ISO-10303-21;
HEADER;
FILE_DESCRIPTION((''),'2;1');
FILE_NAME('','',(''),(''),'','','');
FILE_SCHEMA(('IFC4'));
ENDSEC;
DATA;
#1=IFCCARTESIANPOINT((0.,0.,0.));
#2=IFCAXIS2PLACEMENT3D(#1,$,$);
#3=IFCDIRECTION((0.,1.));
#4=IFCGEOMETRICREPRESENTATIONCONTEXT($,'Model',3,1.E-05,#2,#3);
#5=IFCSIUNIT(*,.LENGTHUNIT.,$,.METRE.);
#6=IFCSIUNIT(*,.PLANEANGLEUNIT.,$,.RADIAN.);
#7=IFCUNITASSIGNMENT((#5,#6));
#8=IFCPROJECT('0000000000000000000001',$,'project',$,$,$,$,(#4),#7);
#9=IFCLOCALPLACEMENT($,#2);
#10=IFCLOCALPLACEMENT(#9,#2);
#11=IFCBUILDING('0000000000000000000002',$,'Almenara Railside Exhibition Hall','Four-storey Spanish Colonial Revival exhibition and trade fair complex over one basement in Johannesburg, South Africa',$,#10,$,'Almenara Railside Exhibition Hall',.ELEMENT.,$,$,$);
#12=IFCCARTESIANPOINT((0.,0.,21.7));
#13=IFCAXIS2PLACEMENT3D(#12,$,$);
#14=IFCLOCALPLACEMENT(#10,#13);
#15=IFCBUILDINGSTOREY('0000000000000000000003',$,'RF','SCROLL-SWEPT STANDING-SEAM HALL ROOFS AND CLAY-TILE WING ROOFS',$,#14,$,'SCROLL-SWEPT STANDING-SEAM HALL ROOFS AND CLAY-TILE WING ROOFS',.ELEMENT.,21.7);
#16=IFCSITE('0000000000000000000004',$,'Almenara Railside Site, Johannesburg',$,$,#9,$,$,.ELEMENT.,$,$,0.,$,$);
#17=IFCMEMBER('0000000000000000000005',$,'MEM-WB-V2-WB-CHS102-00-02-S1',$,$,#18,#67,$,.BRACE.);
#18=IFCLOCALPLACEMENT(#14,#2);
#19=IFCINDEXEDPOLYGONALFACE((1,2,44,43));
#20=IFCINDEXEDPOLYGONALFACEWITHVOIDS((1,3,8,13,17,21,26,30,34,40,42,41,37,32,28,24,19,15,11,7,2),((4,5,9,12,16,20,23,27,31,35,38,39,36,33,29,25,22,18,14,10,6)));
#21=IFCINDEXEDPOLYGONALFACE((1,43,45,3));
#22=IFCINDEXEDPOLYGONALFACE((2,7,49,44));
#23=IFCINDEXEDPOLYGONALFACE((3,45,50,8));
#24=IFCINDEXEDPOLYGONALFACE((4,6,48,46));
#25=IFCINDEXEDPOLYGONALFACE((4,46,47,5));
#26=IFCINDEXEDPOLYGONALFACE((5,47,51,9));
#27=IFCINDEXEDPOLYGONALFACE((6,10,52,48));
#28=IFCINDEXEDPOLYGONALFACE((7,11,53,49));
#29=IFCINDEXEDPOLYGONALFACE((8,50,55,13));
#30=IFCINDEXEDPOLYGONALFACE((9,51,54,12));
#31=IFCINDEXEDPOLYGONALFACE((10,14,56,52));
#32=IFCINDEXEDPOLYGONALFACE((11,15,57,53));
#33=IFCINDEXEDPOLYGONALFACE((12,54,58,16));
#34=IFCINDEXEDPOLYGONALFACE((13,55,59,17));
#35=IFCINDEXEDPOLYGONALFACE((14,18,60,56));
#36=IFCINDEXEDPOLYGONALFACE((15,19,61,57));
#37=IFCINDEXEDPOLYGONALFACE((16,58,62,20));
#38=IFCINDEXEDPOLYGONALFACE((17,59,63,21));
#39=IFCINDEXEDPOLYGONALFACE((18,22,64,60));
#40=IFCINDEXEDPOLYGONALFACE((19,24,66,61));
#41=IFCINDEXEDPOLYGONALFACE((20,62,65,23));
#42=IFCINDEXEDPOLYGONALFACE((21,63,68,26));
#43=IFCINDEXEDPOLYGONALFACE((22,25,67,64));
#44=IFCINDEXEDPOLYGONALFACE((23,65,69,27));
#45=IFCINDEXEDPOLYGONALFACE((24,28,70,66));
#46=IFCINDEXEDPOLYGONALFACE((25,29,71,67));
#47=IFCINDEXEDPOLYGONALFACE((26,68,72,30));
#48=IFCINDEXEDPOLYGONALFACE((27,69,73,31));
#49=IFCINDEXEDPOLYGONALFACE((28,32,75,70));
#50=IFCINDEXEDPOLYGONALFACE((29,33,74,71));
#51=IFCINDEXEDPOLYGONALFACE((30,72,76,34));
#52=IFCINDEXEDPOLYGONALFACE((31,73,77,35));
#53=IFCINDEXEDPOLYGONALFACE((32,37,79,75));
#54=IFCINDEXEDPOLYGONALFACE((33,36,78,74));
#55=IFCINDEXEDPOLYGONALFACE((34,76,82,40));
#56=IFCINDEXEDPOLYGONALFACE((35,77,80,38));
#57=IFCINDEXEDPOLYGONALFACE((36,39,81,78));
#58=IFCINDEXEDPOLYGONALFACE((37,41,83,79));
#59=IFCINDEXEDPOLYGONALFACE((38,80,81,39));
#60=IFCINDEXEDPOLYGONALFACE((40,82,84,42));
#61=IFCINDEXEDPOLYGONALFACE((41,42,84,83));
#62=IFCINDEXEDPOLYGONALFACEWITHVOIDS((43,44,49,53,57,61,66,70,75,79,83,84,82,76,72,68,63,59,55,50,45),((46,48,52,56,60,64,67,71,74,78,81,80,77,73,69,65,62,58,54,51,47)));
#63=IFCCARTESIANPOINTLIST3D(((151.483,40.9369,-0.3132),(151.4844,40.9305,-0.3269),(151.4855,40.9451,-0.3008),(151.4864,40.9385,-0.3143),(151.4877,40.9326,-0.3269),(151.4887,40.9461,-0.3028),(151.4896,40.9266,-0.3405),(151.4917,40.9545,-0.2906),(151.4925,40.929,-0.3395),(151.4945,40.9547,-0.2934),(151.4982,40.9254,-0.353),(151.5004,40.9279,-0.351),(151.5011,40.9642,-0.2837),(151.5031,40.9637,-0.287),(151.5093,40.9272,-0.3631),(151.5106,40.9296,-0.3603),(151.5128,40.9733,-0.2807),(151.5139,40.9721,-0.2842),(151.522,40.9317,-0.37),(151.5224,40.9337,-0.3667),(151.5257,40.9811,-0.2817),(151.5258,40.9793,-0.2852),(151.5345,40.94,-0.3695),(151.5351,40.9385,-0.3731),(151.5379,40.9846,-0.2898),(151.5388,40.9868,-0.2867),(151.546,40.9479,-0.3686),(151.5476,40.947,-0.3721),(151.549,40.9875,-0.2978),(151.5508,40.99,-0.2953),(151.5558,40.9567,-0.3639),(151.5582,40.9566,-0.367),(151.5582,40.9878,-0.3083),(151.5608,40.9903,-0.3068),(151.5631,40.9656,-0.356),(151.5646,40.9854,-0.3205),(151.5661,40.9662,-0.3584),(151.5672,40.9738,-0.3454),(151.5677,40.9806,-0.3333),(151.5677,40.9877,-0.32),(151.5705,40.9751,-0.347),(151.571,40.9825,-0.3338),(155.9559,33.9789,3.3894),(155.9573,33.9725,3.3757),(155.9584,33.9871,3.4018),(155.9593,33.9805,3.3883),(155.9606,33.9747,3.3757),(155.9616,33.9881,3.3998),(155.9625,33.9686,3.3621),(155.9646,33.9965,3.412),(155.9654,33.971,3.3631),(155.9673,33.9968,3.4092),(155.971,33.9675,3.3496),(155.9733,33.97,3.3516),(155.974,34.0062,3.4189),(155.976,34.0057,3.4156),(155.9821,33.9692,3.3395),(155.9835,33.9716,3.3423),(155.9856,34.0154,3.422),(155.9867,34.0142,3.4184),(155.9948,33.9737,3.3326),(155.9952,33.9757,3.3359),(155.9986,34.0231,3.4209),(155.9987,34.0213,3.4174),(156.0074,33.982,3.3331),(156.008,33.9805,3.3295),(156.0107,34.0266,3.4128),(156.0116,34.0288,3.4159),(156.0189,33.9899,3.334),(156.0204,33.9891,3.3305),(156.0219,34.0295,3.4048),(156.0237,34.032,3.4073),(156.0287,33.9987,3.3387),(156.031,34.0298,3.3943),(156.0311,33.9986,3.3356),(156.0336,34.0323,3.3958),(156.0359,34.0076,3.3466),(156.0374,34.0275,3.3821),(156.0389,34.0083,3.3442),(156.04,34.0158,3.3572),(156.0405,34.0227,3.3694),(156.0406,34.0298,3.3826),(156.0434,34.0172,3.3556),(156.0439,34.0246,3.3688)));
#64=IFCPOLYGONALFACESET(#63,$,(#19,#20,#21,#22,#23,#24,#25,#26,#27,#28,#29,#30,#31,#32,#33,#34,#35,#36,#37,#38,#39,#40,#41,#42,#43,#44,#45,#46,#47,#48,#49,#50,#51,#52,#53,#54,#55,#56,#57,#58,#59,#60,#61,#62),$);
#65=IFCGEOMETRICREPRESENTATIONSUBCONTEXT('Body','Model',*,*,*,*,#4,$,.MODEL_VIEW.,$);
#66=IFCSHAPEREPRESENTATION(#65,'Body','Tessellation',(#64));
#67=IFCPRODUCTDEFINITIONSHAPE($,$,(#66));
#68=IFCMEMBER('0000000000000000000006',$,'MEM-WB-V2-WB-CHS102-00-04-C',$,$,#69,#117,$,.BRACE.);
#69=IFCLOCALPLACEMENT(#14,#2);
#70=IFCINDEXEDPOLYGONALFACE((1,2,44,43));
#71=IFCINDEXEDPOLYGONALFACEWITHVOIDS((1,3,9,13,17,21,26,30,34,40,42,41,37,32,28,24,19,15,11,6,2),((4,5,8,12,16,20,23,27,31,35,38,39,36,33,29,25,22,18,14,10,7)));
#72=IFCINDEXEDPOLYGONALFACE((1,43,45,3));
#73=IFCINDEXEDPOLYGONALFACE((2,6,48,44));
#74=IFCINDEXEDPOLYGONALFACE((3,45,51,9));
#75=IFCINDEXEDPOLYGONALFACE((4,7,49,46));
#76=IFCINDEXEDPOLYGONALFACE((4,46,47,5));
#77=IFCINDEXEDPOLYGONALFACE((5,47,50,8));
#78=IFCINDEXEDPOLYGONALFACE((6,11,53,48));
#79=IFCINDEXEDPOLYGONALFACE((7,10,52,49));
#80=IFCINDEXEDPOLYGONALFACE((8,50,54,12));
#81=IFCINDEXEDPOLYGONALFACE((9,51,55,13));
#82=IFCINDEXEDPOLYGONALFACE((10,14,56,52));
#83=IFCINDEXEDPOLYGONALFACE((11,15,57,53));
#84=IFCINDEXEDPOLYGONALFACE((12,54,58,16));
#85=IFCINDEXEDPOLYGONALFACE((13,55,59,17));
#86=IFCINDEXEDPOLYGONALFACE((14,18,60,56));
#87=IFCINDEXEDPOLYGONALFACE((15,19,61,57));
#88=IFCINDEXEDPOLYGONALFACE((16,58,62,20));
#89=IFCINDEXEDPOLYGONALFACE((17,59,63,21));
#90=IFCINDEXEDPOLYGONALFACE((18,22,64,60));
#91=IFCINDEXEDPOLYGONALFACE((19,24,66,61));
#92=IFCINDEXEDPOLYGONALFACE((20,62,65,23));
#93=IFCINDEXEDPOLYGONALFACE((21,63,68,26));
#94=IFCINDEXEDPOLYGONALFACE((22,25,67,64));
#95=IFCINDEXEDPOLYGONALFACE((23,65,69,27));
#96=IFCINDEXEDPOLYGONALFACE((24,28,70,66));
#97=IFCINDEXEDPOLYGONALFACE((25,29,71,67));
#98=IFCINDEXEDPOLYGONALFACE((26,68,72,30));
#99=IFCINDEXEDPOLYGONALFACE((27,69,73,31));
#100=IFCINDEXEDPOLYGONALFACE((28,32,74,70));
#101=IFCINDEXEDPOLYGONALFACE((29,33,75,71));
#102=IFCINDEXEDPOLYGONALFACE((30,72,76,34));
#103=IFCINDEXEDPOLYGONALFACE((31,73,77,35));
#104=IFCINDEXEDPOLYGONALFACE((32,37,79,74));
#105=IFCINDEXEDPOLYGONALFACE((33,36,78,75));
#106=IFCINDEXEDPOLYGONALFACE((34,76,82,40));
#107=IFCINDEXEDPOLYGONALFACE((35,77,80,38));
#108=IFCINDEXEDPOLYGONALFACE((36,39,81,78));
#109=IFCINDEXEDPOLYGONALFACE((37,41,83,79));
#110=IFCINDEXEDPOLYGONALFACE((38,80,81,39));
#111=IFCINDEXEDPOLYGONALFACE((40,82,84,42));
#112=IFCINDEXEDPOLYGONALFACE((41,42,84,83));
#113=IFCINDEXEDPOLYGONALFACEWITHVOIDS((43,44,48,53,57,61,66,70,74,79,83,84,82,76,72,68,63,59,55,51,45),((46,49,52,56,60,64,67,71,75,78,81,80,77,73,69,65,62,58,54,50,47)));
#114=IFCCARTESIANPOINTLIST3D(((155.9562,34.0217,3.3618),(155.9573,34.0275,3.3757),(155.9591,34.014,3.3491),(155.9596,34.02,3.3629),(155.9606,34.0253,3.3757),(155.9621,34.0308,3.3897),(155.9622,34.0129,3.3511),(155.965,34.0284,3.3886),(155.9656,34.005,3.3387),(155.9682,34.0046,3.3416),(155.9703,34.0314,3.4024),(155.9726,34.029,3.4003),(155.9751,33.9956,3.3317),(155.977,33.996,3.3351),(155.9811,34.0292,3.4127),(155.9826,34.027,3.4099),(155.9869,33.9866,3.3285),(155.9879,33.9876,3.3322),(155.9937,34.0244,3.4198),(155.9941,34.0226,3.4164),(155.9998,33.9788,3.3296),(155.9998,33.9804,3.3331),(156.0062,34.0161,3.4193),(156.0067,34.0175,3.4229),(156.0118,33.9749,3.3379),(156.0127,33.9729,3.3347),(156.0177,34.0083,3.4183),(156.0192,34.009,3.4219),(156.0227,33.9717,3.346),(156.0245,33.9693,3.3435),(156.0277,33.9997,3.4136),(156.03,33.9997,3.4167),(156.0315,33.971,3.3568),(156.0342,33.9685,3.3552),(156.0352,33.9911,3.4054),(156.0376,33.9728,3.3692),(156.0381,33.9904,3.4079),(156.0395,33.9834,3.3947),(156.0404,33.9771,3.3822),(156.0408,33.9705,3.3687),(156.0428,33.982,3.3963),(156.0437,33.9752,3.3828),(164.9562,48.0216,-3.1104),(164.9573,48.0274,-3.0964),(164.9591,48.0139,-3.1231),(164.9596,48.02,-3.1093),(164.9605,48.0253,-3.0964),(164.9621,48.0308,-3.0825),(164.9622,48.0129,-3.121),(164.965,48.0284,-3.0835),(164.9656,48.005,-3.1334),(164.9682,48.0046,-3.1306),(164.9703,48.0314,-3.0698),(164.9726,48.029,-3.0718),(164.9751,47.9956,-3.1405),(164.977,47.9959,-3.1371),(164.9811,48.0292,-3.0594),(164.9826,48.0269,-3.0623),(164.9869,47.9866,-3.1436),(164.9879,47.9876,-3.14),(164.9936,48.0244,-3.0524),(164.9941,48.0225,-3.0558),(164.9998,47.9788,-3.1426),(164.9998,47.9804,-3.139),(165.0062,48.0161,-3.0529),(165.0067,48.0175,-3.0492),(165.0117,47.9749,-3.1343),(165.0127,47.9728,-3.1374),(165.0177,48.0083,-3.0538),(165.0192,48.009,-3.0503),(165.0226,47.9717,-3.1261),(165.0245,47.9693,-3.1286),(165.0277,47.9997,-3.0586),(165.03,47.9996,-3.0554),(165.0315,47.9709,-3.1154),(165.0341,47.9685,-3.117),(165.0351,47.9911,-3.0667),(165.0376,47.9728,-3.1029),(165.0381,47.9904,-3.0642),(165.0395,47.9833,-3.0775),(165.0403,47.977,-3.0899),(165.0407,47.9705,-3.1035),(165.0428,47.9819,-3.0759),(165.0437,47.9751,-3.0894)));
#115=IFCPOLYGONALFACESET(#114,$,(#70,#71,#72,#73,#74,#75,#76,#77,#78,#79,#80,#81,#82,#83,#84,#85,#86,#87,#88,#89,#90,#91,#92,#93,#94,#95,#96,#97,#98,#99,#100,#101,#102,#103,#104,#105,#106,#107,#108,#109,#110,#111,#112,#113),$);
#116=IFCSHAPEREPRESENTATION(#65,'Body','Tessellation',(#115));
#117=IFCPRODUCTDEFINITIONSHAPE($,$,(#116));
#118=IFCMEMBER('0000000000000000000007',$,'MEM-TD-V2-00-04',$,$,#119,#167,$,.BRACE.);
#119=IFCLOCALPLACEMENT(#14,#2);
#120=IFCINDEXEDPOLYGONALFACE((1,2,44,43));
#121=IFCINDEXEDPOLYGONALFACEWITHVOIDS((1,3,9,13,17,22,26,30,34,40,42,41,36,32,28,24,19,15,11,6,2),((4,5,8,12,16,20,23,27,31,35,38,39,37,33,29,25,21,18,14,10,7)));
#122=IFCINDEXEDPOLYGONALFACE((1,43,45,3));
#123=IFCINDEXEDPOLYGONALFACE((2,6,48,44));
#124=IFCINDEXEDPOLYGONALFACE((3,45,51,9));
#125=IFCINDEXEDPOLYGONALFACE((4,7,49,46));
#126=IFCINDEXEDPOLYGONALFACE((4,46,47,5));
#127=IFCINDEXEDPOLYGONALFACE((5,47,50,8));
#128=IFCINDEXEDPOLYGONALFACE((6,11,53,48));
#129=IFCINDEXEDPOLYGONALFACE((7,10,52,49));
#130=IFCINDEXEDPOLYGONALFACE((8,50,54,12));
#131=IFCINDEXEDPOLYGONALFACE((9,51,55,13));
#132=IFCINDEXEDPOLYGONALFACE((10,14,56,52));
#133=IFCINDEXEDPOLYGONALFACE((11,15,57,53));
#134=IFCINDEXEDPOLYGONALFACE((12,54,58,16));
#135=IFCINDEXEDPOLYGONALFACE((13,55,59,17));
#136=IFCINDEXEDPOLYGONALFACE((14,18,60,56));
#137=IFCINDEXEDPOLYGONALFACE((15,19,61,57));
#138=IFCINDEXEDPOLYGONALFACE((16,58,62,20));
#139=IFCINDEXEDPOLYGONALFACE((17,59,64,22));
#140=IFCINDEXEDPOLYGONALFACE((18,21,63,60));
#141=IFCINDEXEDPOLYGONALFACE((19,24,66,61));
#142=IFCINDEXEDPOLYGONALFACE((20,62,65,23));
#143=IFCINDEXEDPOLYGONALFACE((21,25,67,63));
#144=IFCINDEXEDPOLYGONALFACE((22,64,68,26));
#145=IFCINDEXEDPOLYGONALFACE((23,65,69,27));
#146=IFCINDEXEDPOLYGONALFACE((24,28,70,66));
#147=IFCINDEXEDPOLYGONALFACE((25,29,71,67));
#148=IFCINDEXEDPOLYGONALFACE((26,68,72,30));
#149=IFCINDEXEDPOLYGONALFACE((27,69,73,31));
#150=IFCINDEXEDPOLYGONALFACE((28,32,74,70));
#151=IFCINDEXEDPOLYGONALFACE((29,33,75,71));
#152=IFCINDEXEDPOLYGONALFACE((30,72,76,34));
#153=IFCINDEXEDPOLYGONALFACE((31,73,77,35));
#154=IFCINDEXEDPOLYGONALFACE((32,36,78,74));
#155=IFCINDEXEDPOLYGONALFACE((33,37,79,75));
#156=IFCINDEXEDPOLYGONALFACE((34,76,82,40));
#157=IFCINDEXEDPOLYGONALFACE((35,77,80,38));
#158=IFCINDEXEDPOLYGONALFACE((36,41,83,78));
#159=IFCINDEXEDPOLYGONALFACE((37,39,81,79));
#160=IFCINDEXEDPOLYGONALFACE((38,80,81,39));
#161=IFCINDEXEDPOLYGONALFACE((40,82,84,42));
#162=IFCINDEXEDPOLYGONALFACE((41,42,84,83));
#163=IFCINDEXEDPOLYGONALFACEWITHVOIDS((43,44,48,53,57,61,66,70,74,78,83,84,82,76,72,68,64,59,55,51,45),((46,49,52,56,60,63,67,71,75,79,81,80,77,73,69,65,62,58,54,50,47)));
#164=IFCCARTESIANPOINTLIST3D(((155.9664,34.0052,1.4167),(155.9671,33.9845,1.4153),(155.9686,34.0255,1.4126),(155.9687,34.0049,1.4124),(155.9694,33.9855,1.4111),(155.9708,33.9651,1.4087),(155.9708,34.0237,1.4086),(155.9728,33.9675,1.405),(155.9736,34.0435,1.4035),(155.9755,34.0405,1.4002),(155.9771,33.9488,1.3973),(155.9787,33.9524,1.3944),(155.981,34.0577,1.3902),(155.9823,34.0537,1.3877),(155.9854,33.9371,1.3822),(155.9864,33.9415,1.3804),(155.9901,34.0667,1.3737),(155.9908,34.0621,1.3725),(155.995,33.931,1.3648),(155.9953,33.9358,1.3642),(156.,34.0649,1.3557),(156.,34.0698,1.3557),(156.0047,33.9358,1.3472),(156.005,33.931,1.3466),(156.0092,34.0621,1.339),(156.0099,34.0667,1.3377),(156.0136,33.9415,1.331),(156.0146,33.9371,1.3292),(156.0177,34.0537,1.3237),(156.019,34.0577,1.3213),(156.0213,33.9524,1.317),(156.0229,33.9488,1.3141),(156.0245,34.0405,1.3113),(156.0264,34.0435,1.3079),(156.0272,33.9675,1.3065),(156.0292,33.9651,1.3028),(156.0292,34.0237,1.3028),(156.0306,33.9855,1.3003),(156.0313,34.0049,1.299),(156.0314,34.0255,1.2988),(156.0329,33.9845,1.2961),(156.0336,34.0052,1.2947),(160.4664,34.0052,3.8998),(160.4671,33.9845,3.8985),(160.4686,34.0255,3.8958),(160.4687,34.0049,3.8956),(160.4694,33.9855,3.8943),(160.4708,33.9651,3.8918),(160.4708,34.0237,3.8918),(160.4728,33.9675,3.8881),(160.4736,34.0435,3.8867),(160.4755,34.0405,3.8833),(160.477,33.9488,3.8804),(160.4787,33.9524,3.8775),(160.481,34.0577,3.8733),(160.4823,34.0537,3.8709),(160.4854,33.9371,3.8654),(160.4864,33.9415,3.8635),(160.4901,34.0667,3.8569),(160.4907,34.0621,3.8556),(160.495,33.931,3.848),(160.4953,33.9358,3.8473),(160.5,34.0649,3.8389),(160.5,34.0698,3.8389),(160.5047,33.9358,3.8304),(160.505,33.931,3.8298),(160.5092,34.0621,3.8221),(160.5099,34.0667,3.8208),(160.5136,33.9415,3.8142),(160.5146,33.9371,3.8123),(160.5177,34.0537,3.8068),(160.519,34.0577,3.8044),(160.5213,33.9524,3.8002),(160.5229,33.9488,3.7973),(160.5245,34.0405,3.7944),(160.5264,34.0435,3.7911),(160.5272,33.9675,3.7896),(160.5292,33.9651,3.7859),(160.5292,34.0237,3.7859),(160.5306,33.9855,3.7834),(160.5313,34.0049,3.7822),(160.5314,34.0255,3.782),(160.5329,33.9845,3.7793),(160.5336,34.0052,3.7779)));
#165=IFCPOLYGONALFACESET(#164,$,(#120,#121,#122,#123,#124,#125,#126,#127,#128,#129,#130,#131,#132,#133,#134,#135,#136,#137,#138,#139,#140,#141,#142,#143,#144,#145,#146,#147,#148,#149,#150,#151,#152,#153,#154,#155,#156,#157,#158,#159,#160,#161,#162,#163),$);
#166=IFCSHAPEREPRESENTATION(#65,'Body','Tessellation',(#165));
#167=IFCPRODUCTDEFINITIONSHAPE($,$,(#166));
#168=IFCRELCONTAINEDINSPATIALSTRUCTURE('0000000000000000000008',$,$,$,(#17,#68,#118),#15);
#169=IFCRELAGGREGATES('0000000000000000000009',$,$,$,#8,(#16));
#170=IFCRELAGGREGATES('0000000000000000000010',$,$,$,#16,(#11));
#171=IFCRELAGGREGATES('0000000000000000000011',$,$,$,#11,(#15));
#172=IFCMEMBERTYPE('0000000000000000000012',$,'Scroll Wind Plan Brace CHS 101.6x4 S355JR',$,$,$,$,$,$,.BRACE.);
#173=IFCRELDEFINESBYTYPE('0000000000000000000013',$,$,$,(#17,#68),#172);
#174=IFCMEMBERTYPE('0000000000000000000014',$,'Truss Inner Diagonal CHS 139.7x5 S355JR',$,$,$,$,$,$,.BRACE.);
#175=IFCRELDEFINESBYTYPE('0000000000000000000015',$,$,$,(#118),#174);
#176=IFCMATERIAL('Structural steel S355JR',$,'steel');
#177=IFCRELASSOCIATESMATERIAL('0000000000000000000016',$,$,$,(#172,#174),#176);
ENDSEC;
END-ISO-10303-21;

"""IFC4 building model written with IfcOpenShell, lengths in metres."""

from ifc_helpers import new_model, si_unit, direction, frame, origin, origin_2d, place, context, subcontext, project, spatial, hollow_circle, extrude, material, material_profile, profile_set, type_object, element, save


model = new_model("IFC4")

# Units and contexts
model_context = context("Model", 3, precision=1e-05, world=origin(), true_north=direction((0.0, 1.0)))
body_context = subcontext(model_context, "Body", "Model", "MODEL_VIEW")
ifc_project = project(units=[si_unit("LENGTHUNIT", "METRE"), si_unit("PLANEANGLEUNIT", "RADIAN")], contexts=[model_context])

# Site, building, storey
site_placement = place(None, origin())
site = spatial("IfcSite", under=ifc_project, at=site_placement, Name="Almenara Railside Site, Johannesburg", CompositionType="ELEMENT", RefElevation=0.0)
building_placement = place(site_placement, origin())
building = spatial("IfcBuilding", under=site, at=building_placement, Name="Almenara Railside Exhibition Hall", Description="Four-storey Spanish Colonial Revival exhibition and trade fair complex over one basement in Johannesburg, South Africa", LongName="Almenara Railside Exhibition Hall", CompositionType="ELEMENT")
storey_placement = place(building_placement, frame((0.0, 0.0, 21.7)))
storey = spatial("IfcBuildingStorey", under=building, at=storey_placement, Name="RF", Description="SCROLL-SWEPT STANDING-SEAM HALL ROOFS AND CLAY-TILE WING ROOFS", LongName="SCROLL-SWEPT STANDING-SEAM HALL ROOFS AND CLAY-TILE WING ROOFS", CompositionType="ELEMENT", Elevation=21.7)

# Shared definitions
ifc_material_1 = material(Name="Structural steel S355JR", Category="steel")

# Members
ifc_material_profile_1 = material_profile(ifc_material_1, hollow_circle(Radius=0.0508, WallThickness=0.0039, at=origin_2d()), Name="CHS 101.6x4")
ifc_profile_set_1 = profile_set([ifc_material_profile_1], Name="Structural steel S355JR")
member_type_1 = type_object("IfcMemberType", Name="Scroll Wind Plan Brace CHS 101.6x4 S355JR", PredefinedType="BRACE", material=ifc_profile_set_1)
member_1_placement = place(storey_placement, frame((156.0, 34.0, 3.3757), z_axis=(-0.493557, 0.767774, -0.408564), x_axis=(-0.841184, -0.540749, 0.0)))
element("IfcMember", 1, at=member_1_placement, inside=storey, type_object=member_type_1, Name="MEM-WB-V2-WB-CHS102-00-02-S1", PredefinedType="BRACE", context=body_context, shape_type="SweptSolid", body=[
    extrude(hollow_circle(Radius=0.0508, WallThickness=0.0039, at=origin_2d()), origin(), (0.0, 0.0, 1.0), 9.0625),
])
member_2_placement = place(storey_placement, frame((156.0, 34.0, 3.3757), z_axis=(0.503991, 0.783986, -0.362435), x_axis=(-0.841178, 0.540758, 0.0)))
element("IfcMember", 2, at=member_2_placement, inside=storey, type_object=member_type_1, Name="MEM-WB-V2-WB-CHS102-00-04-C", PredefinedType="BRACE", context=body_context, shape_type="SweptSolid", body=[
    extrude(hollow_circle(Radius=0.0508, WallThickness=0.0039, at=origin_2d()), origin(), (0.0, 0.0, 1.0), 17.8574),
])
ifc_material_profile_2 = material_profile(ifc_material_1, hollow_circle(Radius=0.0698, WallThickness=0.0049, at=origin_2d()), Name="CHS 139.7x5")
ifc_profile_set_2 = profile_set([ifc_material_profile_2], Name="Structural steel S355JR")
member_type_2 = type_object("IfcMemberType", Name="Truss Inner Diagonal CHS 139.7x5 S355JR", PredefinedType="BRACE", material=ifc_profile_set_2)
member_3_placement = place(storey_placement, frame((156.0, 34.0, 1.3557), z_axis=(0.875545, 0.0, 0.483136), x_axis=(0.0, 1.0, 0.0)))
element("IfcMember", 3, at=member_3_placement, inside=storey, type_object=member_type_2, Name="MEM-TD-V2-00-04", PredefinedType="BRACE", context=body_context, shape_type="SweptSolid", body=[
    extrude(hollow_circle(Radius=0.0698, WallThickness=0.0049, at=origin_2d()), origin(), (0.0, 0.0, 1.0), 5.1396),
])

save(model, "model.ifc")
